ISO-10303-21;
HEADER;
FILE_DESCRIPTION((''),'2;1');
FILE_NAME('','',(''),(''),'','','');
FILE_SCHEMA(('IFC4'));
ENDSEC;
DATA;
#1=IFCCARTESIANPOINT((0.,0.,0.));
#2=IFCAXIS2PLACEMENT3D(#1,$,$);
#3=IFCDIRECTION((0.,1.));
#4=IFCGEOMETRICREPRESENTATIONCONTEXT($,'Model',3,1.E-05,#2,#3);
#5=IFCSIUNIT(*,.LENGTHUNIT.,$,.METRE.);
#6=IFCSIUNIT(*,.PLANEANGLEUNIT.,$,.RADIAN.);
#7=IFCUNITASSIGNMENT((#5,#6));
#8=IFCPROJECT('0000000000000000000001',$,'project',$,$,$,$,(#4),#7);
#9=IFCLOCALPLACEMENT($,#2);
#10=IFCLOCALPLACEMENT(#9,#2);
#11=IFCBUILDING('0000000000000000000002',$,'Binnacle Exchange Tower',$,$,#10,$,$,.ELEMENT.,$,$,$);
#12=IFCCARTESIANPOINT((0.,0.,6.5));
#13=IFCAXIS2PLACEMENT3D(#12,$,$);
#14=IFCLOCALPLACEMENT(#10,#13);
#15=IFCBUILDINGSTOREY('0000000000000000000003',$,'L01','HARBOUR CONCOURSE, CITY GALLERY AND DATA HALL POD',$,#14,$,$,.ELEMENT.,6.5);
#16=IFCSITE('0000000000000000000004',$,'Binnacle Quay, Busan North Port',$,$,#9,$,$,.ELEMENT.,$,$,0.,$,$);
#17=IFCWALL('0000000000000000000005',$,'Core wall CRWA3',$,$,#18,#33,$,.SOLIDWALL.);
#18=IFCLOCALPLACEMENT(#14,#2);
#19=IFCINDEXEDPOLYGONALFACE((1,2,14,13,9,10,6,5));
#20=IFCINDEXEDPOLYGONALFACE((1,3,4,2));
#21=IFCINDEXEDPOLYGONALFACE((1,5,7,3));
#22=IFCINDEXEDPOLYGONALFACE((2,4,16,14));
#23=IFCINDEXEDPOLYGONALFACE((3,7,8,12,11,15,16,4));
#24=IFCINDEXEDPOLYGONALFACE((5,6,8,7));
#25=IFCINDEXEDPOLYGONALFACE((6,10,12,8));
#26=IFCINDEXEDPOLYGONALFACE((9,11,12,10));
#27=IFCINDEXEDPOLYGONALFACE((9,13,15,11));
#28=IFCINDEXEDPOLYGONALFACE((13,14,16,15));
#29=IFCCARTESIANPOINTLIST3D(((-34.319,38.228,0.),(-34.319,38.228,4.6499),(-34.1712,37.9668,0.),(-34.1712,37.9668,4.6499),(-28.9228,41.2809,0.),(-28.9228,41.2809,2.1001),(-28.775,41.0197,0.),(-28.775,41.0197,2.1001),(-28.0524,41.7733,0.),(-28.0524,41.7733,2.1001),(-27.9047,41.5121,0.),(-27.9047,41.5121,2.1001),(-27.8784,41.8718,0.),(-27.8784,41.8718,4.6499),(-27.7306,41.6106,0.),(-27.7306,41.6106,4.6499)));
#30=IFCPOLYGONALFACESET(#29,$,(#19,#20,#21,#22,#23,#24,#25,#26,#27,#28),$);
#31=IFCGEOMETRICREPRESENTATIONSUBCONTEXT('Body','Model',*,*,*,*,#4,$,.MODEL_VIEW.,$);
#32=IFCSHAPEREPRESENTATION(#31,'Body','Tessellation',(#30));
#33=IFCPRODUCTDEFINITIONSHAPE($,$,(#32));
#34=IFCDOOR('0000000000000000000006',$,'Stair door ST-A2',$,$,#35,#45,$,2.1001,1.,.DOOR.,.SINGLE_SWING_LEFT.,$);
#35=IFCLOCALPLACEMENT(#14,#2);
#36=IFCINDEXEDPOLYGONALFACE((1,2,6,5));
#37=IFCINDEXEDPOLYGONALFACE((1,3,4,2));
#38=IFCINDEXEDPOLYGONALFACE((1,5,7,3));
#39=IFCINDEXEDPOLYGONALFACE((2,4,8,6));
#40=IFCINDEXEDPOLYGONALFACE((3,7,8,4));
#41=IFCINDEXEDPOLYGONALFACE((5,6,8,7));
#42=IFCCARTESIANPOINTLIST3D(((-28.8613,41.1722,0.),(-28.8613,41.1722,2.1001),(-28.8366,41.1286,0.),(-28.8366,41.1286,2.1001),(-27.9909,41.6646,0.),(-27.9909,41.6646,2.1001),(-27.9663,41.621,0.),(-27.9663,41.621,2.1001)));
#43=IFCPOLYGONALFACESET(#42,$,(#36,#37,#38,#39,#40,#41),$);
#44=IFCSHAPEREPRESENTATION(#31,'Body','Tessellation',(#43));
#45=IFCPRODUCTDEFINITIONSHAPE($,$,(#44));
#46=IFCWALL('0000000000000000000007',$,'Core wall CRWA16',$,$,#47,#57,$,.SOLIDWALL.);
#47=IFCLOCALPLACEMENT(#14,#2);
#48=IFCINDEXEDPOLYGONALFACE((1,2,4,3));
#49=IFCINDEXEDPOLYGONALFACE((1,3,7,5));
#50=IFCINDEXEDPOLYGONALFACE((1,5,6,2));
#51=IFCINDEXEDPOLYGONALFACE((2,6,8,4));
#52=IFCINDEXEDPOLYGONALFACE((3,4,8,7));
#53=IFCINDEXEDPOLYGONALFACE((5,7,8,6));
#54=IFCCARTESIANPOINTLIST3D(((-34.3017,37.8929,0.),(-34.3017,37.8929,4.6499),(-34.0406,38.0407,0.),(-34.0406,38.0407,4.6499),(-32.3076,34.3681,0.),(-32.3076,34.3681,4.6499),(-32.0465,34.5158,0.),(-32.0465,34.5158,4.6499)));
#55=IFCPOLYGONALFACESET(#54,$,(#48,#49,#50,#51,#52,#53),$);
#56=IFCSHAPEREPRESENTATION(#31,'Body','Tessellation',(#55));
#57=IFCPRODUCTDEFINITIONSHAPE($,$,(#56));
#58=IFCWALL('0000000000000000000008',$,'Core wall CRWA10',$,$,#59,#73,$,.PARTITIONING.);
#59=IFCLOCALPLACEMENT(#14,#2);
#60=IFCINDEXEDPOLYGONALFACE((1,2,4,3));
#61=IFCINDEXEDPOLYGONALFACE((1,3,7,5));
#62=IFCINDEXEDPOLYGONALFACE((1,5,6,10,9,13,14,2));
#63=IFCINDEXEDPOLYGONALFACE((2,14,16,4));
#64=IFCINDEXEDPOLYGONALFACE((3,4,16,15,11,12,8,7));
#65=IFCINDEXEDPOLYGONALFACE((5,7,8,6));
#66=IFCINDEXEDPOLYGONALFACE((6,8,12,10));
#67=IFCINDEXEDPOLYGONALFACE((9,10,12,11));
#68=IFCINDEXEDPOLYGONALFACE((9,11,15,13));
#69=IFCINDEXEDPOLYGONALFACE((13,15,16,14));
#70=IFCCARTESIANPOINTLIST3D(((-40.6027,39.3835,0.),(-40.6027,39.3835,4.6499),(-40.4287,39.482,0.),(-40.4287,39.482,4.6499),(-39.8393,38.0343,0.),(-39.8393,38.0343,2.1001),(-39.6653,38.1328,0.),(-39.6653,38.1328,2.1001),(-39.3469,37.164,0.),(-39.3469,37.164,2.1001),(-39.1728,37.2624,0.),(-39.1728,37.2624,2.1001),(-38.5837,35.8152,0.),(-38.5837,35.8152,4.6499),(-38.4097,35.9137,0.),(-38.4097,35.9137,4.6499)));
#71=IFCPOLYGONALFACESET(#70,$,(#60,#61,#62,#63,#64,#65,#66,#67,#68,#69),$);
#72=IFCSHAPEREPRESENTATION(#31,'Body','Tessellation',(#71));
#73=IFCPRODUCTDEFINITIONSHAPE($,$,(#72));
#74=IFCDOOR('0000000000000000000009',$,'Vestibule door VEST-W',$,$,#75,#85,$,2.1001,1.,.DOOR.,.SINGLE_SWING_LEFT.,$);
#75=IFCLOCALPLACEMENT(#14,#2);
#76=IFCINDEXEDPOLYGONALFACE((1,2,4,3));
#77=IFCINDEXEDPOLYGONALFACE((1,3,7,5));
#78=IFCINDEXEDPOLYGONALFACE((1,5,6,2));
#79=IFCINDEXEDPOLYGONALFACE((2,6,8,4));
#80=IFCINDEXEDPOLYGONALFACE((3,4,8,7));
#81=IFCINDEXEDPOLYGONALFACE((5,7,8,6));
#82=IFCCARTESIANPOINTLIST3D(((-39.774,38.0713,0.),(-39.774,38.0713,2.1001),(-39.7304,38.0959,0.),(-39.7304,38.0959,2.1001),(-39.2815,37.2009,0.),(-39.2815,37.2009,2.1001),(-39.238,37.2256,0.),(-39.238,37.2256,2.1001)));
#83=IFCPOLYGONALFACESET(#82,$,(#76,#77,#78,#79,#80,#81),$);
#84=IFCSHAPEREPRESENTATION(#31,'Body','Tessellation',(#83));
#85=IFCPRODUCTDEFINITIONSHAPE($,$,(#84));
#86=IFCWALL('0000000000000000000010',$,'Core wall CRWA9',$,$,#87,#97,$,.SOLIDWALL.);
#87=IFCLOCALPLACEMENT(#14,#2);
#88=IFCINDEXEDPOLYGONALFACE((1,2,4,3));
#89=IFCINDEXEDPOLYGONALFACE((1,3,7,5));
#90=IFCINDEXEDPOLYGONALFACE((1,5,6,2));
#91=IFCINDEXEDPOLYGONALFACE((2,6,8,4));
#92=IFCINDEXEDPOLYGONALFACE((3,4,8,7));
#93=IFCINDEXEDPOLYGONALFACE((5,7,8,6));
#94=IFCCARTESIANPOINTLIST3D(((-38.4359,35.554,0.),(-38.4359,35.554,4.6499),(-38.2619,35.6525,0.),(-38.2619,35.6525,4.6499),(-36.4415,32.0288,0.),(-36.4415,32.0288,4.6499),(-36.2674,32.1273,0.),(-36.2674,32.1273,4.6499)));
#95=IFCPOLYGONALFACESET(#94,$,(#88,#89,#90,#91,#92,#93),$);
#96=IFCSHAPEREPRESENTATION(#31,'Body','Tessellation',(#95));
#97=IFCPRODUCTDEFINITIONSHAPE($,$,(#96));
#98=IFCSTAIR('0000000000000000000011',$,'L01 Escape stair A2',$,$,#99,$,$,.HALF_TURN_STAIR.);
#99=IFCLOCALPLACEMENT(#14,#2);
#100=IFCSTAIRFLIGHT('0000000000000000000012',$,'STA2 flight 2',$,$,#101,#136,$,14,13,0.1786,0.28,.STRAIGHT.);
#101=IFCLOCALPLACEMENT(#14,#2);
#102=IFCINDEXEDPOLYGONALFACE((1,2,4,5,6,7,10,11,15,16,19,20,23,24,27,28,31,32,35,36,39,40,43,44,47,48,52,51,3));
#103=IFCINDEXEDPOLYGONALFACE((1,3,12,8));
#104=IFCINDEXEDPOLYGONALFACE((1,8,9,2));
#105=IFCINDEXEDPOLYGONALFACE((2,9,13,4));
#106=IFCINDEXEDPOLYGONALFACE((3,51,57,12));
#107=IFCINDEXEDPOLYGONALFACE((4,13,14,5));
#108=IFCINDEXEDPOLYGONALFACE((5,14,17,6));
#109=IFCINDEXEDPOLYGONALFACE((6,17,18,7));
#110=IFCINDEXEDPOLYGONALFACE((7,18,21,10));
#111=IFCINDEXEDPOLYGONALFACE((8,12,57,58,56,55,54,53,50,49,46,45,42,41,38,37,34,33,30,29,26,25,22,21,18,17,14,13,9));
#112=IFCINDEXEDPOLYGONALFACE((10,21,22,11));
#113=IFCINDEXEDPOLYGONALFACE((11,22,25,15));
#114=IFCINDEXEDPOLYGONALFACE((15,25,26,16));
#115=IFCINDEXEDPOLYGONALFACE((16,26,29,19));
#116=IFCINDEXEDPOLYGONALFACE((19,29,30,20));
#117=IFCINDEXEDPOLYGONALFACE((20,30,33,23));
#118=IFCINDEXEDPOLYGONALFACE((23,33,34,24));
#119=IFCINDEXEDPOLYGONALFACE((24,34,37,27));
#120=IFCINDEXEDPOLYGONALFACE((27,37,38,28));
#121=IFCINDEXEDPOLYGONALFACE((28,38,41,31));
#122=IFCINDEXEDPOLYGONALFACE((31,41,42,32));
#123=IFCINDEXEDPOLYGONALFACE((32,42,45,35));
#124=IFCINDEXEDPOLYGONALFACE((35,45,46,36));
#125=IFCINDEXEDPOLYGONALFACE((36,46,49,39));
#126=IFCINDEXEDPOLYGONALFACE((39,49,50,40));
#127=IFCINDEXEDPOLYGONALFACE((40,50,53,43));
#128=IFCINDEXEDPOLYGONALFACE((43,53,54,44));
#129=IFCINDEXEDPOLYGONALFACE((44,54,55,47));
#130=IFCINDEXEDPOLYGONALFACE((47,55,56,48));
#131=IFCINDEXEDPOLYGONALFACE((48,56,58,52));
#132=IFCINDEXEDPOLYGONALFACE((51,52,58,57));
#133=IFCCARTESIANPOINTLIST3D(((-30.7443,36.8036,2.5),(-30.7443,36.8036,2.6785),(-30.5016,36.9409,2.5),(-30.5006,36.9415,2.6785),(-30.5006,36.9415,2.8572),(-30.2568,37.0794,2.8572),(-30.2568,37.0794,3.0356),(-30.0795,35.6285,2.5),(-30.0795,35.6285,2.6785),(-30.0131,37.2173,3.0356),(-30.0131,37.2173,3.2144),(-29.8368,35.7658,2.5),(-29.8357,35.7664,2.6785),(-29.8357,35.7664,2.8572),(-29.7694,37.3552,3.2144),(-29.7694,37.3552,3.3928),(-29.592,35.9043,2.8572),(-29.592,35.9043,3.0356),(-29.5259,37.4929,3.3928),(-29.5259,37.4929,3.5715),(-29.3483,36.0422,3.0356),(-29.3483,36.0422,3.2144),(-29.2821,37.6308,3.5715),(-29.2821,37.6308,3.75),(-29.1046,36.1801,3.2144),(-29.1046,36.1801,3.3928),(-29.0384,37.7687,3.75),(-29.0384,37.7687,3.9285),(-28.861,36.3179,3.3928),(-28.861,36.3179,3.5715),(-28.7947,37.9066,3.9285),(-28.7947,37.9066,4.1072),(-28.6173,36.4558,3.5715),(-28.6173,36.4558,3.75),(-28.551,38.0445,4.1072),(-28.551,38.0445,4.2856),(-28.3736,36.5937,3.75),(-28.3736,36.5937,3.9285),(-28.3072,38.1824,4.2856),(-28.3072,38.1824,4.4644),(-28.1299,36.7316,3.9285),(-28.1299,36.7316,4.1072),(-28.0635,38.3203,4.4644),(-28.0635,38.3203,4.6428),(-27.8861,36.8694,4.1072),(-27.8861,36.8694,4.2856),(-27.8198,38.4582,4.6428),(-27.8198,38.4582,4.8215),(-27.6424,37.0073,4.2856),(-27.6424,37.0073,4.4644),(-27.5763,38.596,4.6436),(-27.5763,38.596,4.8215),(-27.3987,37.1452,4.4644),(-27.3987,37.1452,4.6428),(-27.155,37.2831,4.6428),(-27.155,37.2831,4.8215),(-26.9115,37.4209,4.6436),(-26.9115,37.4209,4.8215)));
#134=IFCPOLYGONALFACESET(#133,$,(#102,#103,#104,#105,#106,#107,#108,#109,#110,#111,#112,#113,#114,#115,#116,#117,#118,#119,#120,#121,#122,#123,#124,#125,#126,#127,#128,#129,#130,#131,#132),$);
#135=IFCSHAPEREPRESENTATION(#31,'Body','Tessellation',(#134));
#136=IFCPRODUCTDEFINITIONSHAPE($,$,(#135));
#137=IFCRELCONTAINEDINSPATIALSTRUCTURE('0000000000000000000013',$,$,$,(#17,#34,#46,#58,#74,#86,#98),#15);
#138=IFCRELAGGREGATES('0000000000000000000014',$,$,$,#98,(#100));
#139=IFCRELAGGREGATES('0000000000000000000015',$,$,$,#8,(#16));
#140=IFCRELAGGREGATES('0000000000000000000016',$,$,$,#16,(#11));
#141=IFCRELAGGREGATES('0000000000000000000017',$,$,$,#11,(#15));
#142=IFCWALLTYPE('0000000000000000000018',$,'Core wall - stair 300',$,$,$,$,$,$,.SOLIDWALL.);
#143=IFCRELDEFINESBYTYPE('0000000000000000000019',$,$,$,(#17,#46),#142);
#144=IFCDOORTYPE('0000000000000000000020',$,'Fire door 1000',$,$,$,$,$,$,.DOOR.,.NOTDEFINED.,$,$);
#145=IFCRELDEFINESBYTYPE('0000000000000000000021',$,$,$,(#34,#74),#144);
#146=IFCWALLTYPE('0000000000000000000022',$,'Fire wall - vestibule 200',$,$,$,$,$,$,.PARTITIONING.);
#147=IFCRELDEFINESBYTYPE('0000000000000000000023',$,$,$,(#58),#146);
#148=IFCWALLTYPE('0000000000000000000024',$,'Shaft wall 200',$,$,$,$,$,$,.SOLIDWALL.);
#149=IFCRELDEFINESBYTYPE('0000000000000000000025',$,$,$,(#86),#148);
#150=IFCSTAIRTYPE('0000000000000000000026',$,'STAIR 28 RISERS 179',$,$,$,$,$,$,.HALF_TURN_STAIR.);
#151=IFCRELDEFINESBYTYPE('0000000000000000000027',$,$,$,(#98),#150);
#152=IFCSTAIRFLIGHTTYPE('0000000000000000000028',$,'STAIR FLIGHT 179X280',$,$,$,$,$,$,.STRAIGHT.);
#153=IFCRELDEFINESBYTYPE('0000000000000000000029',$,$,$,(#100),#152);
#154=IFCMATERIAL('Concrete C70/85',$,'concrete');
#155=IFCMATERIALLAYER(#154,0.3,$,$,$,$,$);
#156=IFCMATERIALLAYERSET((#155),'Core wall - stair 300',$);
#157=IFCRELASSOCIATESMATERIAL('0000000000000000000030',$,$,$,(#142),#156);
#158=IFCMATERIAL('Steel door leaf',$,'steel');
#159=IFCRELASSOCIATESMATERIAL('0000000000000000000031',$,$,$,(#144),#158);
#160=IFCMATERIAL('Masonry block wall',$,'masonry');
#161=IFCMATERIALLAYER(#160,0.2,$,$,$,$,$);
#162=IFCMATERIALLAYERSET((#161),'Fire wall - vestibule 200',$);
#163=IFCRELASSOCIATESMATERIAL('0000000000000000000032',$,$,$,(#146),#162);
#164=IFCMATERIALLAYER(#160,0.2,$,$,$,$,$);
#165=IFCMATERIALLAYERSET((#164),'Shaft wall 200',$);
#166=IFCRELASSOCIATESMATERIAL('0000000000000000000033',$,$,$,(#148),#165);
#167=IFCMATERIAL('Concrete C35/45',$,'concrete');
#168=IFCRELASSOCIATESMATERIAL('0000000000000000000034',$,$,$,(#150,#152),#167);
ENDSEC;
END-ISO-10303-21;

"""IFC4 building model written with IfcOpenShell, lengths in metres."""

from ifc_helpers import new_model, si_unit, direction, frame, frame_2d, origin, place, context, subcontext, project, spatial, polyline, rectangle, outline, extrude, material, layer, layer_set, type_object, element, fill, aggregate, save


model = new_model("IFC4")

# Units and contexts
model_context = context("Model", 3, precision=1e-05, world=origin(), true_north=direction((0.0, 1.0)))
body_context = subcontext(model_context, "Body", "Model", "MODEL_VIEW")
ifc_project = project(units=[si_unit("LENGTHUNIT", "METRE"), si_unit("PLANEANGLEUNIT", "RADIAN")], contexts=[model_context])

# Site, building, storey
site_placement = place(None, origin())
site = spatial("IfcSite", under=ifc_project, at=site_placement, Name="Binnacle Quay, Busan North Port", CompositionType="ELEMENT", RefElevation=0.0)
building_placement = place(site_placement, origin())
building = spatial("IfcBuilding", under=site, at=building_placement, Name="Binnacle Exchange Tower", CompositionType="ELEMENT")
storey_placement = place(building_placement, frame((0.0, 0.0, 6.5)))
storey = spatial("IfcBuildingStorey", under=building, at=storey_placement, Name="L01", Description="HARBOUR CONCOURSE, CITY GALLERY AND DATA HALL POD", CompositionType="ELEMENT", Elevation=6.5)

# Shared definitions
ifc_material_1 = material(Name="Concrete C70/85", Category="concrete")

# Shared definitions
ifc_material_2 = material(Name="Steel door leaf", Category="steel")

# Wall, opening, door
ifc_layer_1 = layer(ifc_material_1, 0.3)
ifc_layer_set_1 = layer_set([ifc_layer_1], Name="Core wall - stair 300")
wall_type_1 = type_object("IfcWallType", Name="Core wall - stair 300", PredefinedType="SOLIDWALL", material=ifc_layer_set_1)
wall_1_placement = place(storey_placement, frame((-34.2451, 38.0974, 0.0), z_axis=(0.0, 0.0, 1.0), x_axis=(0.870365, 0.492407, 0.0)))
wall_1 = element("IfcWall", 1, at=wall_1_placement, inside=storey, type_object=wall_type_1, Name="Core wall CRWA3", PredefinedType="SOLIDWALL", context=body_context, shape_type="SweptSolid", body=[
    extrude(rectangle(XDim=7.3999, YDim=0.3, at=frame_2d((3.7, 0.0))), origin(), (0.0, 0.0, 1.0), 4.6499),
])
opening_1_placement = place(wall_1_placement, frame((6.2, 0.0, 0.0)))
opening_1 = element("IfcOpeningElement", 2, at=opening_1_placement, cuts=wall_1, PredefinedType="OPENING", context=body_context, shape_type="SweptSolid", body=[
    extrude(rectangle(XDim=1.0, YDim=2.1001, at=frame_2d((0.5, 1.05))), frame((0.0, 0.1599, 0.0), z_axis=(0.0, -1.0, 0.0), x_axis=(1.0, 0.0, 0.0)), (0.0, 0.0, 1.0), 0.3201),
])
door_type_1 = type_object("IfcDoorType", Name="Fire door 1000", OperationType="NOTDEFINED", PredefinedType="DOOR", material=ifc_material_2)
door_1_placement = place(opening_1_placement, frame((1.0, 0.0, 0.0), z_axis=(0.0, 0.0, 1.0), x_axis=(-1.0, 0.0, 0.0)))
door_1 = element("IfcDoor", 3, at=door_1_placement, inside=storey, type_object=door_type_1, Name="Stair door ST-A2", OperationType="SINGLE_SWING_LEFT", OverallHeight=2.1001, OverallWidth=1.0, PredefinedType="DOOR", context=body_context, shape_type="SweptSolid", body=[
    extrude(rectangle(XDim=1.0, YDim=2.1001, at=frame_2d((0.5, 1.05))), frame((0.0, 0.0249, 0.0), z_axis=(0.0, -1.0, 0.0), x_axis=(1.0, 0.0, 0.0)), (0.0, 0.0, 1.0), 0.05),
])
fill(opening_1, door_1)

# Wall
wall_2_placement = place(storey_placement, frame((-34.1711, 37.9668, 0.0), z_axis=(0.0, 0.0, 1.0), x_axis=(0.492395, -0.870372, 0.0)))
element("IfcWall", 4, at=wall_2_placement, inside=storey, type_object=wall_type_1, Name="Core wall CRWA16", PredefinedType="SOLIDWALL", context=body_context, shape_type="SweptSolid", body=[
    extrude(rectangle(XDim=4.0498, YDim=0.3, at=frame_2d((2.0249, 0.0))), origin(), (0.0, 0.0, 1.0), 4.6499),
])

# Wall, opening, door
ifc_material_3 = material(Name="Masonry block wall", Category="masonry")
ifc_layer_2 = layer(ifc_material_3, 0.2)
ifc_layer_set_2 = layer_set([ifc_layer_2], Name="Fire wall - vestibule 200")
wall_type_2 = type_object("IfcWallType", Name="Fire wall - vestibule 200", PredefinedType="PARTITIONING", material=ifc_layer_set_2)
wall_3_placement = place(storey_placement, frame((-40.5156, 39.4326, 0.0), z_axis=(0.0, 0.0, 1.0), x_axis=(0.492454, -0.870339, 0.0)))
wall_3 = element("IfcWall", 5, at=wall_3_placement, inside=storey, type_object=wall_type_2, Name="Core wall CRWA10", PredefinedType="PARTITIONING", context=body_context, shape_type="SweptSolid", body=[
    extrude(rectangle(XDim=4.0999, YDim=0.2, at=frame_2d((2.0498, 0.0))), origin(), (0.0, 0.0, 1.0), 4.6499),
])
opening_2_placement = place(wall_3_placement, frame((1.55, 0.0, 0.0)))
opening_2 = element("IfcOpeningElement", 6, at=opening_2_placement, cuts=wall_3, PredefinedType="OPENING", context=body_context, shape_type="SweptSolid", body=[
    extrude(rectangle(XDim=1.0, YDim=2.1001, at=frame_2d((0.5, 1.05))), frame((0.0, 0.1099, 0.0), z_axis=(0.0, -1.0, 0.0), x_axis=(1.0, 0.0, 0.0)), (0.0, 0.0, 1.0), 0.22),
])
door_2_placement = place(opening_2_placement, frame((1.0, 0.0, 0.0), z_axis=(0.0, 0.0, 1.0), x_axis=(-1.0, 0.0, 0.0)))
door_2 = element("IfcDoor", 7, at=door_2_placement, inside=storey, type_object=door_type_1, Name="Vestibule door VEST-W", OperationType="SINGLE_SWING_LEFT", OverallHeight=2.1001, OverallWidth=1.0, PredefinedType="DOOR", context=body_context, shape_type="SweptSolid", body=[
    extrude(rectangle(XDim=1.0, YDim=2.1001, at=frame_2d((0.5, 1.05))), frame((0.0, 0.0249, 0.0), z_axis=(0.0, -1.0, 0.0), x_axis=(1.0, 0.0, 0.0)), (0.0, 0.0, 1.0), 0.05),
])
fill(opening_2, door_2)

# Wall
ifc_layer_3 = layer(ifc_material_3, 0.2)
ifc_layer_set_3 = layer_set([ifc_layer_3], Name="Shaft wall 200")
wall_type_3 = type_object("IfcWallType", Name="Shaft wall 200", PredefinedType="SOLIDWALL", material=ifc_layer_set_3)
wall_4_placement = place(storey_placement, frame((-38.3489, 35.6033, 0.0), z_axis=(0.0, 0.0, 1.0), x_axis=(0.492415, -0.870361, 0.0)))
element("IfcWall", 8, at=wall_4_placement, inside=storey, type_object=wall_type_3, Name="Core wall CRWA9", PredefinedType="SOLIDWALL", context=body_context, shape_type="SweptSolid", body=[
    extrude(rectangle(XDim=4.0503, YDim=0.2, at=frame_2d((2.0251, 0.0))), origin(), (0.0, 0.0, 1.0), 4.6499),
])

# Stair, stair flight
ifc_material_4 = material(Name="Concrete C35/45", Category="concrete")
stair_type = type_object("IfcStairType", Name="STAIR 28 RISERS 179", PredefinedType="HALF_TURN_STAIR", material=ifc_material_4)
stair_placement = place(storey_placement, origin())
stair = element("IfcStair", 9, at=stair_placement, inside=storey, type_object=stair_type, Name="L01 Escape stair A2", PredefinedType="HALF_TURN_STAIR")
stair_flight_type = type_object("IfcStairFlightType", Name="STAIR FLIGHT 179X280", PredefinedType="STRAIGHT", material=ifc_material_4)
stair_flight_placement = place(storey_placement, frame((-30.4119, 36.2161, 2.5), z_axis=(0.0, 0.0, 1.0), x_axis=(0.870356, 0.492424, 0.0)))
stair_flight = element("IfcStairFlight", 10, at=stair_flight_placement, type_object=stair_flight_type, Name="STA2 flight 2", NumberOfRisers=14, NumberOfTreads=13, PredefinedType="STRAIGHT", RiserHeight=0.1786, TreadLength=0.28, context=body_context, shape_type="SweptSolid", body=[
    extrude(outline(polyline([(0.0, 0.0), (0.0, 0.1785), (0.28, 0.1785), (0.28, 0.3572), (0.5601, 0.3572), (0.5601, 0.5356), (0.8401, 0.5356), (0.8401, 0.7144), (1.1201, 0.7144), (1.1201, 0.8928), (1.3999, 0.8928), (1.3999, 1.0715), (1.6799, 1.0715), (1.6799, 1.25), (1.96, 1.25), (1.96, 1.4285), (2.24, 1.4285), (2.24, 1.6072), (2.52, 1.6072), (2.52, 1.7856), (2.8, 1.7856), (2.8, 1.9644), (3.0801, 1.9644), (3.0801, 2.1428), (3.3601, 2.1428), (3.3601, 2.3215), (3.6399, 2.3215), (3.6399, 2.5), (3.6399, 2.1436), (0.2788, 0.0), (0.0, 0.0)])), frame((0.0, 0.675, 0.0), z_axis=(0.0, -1.0, 0.0), x_axis=(1.0, 0.0, 0.0)), (0.0, 0.0, 1.0), 1.3501),
])
aggregate(stair, [stair_flight])

save(model, "model.ifc")
